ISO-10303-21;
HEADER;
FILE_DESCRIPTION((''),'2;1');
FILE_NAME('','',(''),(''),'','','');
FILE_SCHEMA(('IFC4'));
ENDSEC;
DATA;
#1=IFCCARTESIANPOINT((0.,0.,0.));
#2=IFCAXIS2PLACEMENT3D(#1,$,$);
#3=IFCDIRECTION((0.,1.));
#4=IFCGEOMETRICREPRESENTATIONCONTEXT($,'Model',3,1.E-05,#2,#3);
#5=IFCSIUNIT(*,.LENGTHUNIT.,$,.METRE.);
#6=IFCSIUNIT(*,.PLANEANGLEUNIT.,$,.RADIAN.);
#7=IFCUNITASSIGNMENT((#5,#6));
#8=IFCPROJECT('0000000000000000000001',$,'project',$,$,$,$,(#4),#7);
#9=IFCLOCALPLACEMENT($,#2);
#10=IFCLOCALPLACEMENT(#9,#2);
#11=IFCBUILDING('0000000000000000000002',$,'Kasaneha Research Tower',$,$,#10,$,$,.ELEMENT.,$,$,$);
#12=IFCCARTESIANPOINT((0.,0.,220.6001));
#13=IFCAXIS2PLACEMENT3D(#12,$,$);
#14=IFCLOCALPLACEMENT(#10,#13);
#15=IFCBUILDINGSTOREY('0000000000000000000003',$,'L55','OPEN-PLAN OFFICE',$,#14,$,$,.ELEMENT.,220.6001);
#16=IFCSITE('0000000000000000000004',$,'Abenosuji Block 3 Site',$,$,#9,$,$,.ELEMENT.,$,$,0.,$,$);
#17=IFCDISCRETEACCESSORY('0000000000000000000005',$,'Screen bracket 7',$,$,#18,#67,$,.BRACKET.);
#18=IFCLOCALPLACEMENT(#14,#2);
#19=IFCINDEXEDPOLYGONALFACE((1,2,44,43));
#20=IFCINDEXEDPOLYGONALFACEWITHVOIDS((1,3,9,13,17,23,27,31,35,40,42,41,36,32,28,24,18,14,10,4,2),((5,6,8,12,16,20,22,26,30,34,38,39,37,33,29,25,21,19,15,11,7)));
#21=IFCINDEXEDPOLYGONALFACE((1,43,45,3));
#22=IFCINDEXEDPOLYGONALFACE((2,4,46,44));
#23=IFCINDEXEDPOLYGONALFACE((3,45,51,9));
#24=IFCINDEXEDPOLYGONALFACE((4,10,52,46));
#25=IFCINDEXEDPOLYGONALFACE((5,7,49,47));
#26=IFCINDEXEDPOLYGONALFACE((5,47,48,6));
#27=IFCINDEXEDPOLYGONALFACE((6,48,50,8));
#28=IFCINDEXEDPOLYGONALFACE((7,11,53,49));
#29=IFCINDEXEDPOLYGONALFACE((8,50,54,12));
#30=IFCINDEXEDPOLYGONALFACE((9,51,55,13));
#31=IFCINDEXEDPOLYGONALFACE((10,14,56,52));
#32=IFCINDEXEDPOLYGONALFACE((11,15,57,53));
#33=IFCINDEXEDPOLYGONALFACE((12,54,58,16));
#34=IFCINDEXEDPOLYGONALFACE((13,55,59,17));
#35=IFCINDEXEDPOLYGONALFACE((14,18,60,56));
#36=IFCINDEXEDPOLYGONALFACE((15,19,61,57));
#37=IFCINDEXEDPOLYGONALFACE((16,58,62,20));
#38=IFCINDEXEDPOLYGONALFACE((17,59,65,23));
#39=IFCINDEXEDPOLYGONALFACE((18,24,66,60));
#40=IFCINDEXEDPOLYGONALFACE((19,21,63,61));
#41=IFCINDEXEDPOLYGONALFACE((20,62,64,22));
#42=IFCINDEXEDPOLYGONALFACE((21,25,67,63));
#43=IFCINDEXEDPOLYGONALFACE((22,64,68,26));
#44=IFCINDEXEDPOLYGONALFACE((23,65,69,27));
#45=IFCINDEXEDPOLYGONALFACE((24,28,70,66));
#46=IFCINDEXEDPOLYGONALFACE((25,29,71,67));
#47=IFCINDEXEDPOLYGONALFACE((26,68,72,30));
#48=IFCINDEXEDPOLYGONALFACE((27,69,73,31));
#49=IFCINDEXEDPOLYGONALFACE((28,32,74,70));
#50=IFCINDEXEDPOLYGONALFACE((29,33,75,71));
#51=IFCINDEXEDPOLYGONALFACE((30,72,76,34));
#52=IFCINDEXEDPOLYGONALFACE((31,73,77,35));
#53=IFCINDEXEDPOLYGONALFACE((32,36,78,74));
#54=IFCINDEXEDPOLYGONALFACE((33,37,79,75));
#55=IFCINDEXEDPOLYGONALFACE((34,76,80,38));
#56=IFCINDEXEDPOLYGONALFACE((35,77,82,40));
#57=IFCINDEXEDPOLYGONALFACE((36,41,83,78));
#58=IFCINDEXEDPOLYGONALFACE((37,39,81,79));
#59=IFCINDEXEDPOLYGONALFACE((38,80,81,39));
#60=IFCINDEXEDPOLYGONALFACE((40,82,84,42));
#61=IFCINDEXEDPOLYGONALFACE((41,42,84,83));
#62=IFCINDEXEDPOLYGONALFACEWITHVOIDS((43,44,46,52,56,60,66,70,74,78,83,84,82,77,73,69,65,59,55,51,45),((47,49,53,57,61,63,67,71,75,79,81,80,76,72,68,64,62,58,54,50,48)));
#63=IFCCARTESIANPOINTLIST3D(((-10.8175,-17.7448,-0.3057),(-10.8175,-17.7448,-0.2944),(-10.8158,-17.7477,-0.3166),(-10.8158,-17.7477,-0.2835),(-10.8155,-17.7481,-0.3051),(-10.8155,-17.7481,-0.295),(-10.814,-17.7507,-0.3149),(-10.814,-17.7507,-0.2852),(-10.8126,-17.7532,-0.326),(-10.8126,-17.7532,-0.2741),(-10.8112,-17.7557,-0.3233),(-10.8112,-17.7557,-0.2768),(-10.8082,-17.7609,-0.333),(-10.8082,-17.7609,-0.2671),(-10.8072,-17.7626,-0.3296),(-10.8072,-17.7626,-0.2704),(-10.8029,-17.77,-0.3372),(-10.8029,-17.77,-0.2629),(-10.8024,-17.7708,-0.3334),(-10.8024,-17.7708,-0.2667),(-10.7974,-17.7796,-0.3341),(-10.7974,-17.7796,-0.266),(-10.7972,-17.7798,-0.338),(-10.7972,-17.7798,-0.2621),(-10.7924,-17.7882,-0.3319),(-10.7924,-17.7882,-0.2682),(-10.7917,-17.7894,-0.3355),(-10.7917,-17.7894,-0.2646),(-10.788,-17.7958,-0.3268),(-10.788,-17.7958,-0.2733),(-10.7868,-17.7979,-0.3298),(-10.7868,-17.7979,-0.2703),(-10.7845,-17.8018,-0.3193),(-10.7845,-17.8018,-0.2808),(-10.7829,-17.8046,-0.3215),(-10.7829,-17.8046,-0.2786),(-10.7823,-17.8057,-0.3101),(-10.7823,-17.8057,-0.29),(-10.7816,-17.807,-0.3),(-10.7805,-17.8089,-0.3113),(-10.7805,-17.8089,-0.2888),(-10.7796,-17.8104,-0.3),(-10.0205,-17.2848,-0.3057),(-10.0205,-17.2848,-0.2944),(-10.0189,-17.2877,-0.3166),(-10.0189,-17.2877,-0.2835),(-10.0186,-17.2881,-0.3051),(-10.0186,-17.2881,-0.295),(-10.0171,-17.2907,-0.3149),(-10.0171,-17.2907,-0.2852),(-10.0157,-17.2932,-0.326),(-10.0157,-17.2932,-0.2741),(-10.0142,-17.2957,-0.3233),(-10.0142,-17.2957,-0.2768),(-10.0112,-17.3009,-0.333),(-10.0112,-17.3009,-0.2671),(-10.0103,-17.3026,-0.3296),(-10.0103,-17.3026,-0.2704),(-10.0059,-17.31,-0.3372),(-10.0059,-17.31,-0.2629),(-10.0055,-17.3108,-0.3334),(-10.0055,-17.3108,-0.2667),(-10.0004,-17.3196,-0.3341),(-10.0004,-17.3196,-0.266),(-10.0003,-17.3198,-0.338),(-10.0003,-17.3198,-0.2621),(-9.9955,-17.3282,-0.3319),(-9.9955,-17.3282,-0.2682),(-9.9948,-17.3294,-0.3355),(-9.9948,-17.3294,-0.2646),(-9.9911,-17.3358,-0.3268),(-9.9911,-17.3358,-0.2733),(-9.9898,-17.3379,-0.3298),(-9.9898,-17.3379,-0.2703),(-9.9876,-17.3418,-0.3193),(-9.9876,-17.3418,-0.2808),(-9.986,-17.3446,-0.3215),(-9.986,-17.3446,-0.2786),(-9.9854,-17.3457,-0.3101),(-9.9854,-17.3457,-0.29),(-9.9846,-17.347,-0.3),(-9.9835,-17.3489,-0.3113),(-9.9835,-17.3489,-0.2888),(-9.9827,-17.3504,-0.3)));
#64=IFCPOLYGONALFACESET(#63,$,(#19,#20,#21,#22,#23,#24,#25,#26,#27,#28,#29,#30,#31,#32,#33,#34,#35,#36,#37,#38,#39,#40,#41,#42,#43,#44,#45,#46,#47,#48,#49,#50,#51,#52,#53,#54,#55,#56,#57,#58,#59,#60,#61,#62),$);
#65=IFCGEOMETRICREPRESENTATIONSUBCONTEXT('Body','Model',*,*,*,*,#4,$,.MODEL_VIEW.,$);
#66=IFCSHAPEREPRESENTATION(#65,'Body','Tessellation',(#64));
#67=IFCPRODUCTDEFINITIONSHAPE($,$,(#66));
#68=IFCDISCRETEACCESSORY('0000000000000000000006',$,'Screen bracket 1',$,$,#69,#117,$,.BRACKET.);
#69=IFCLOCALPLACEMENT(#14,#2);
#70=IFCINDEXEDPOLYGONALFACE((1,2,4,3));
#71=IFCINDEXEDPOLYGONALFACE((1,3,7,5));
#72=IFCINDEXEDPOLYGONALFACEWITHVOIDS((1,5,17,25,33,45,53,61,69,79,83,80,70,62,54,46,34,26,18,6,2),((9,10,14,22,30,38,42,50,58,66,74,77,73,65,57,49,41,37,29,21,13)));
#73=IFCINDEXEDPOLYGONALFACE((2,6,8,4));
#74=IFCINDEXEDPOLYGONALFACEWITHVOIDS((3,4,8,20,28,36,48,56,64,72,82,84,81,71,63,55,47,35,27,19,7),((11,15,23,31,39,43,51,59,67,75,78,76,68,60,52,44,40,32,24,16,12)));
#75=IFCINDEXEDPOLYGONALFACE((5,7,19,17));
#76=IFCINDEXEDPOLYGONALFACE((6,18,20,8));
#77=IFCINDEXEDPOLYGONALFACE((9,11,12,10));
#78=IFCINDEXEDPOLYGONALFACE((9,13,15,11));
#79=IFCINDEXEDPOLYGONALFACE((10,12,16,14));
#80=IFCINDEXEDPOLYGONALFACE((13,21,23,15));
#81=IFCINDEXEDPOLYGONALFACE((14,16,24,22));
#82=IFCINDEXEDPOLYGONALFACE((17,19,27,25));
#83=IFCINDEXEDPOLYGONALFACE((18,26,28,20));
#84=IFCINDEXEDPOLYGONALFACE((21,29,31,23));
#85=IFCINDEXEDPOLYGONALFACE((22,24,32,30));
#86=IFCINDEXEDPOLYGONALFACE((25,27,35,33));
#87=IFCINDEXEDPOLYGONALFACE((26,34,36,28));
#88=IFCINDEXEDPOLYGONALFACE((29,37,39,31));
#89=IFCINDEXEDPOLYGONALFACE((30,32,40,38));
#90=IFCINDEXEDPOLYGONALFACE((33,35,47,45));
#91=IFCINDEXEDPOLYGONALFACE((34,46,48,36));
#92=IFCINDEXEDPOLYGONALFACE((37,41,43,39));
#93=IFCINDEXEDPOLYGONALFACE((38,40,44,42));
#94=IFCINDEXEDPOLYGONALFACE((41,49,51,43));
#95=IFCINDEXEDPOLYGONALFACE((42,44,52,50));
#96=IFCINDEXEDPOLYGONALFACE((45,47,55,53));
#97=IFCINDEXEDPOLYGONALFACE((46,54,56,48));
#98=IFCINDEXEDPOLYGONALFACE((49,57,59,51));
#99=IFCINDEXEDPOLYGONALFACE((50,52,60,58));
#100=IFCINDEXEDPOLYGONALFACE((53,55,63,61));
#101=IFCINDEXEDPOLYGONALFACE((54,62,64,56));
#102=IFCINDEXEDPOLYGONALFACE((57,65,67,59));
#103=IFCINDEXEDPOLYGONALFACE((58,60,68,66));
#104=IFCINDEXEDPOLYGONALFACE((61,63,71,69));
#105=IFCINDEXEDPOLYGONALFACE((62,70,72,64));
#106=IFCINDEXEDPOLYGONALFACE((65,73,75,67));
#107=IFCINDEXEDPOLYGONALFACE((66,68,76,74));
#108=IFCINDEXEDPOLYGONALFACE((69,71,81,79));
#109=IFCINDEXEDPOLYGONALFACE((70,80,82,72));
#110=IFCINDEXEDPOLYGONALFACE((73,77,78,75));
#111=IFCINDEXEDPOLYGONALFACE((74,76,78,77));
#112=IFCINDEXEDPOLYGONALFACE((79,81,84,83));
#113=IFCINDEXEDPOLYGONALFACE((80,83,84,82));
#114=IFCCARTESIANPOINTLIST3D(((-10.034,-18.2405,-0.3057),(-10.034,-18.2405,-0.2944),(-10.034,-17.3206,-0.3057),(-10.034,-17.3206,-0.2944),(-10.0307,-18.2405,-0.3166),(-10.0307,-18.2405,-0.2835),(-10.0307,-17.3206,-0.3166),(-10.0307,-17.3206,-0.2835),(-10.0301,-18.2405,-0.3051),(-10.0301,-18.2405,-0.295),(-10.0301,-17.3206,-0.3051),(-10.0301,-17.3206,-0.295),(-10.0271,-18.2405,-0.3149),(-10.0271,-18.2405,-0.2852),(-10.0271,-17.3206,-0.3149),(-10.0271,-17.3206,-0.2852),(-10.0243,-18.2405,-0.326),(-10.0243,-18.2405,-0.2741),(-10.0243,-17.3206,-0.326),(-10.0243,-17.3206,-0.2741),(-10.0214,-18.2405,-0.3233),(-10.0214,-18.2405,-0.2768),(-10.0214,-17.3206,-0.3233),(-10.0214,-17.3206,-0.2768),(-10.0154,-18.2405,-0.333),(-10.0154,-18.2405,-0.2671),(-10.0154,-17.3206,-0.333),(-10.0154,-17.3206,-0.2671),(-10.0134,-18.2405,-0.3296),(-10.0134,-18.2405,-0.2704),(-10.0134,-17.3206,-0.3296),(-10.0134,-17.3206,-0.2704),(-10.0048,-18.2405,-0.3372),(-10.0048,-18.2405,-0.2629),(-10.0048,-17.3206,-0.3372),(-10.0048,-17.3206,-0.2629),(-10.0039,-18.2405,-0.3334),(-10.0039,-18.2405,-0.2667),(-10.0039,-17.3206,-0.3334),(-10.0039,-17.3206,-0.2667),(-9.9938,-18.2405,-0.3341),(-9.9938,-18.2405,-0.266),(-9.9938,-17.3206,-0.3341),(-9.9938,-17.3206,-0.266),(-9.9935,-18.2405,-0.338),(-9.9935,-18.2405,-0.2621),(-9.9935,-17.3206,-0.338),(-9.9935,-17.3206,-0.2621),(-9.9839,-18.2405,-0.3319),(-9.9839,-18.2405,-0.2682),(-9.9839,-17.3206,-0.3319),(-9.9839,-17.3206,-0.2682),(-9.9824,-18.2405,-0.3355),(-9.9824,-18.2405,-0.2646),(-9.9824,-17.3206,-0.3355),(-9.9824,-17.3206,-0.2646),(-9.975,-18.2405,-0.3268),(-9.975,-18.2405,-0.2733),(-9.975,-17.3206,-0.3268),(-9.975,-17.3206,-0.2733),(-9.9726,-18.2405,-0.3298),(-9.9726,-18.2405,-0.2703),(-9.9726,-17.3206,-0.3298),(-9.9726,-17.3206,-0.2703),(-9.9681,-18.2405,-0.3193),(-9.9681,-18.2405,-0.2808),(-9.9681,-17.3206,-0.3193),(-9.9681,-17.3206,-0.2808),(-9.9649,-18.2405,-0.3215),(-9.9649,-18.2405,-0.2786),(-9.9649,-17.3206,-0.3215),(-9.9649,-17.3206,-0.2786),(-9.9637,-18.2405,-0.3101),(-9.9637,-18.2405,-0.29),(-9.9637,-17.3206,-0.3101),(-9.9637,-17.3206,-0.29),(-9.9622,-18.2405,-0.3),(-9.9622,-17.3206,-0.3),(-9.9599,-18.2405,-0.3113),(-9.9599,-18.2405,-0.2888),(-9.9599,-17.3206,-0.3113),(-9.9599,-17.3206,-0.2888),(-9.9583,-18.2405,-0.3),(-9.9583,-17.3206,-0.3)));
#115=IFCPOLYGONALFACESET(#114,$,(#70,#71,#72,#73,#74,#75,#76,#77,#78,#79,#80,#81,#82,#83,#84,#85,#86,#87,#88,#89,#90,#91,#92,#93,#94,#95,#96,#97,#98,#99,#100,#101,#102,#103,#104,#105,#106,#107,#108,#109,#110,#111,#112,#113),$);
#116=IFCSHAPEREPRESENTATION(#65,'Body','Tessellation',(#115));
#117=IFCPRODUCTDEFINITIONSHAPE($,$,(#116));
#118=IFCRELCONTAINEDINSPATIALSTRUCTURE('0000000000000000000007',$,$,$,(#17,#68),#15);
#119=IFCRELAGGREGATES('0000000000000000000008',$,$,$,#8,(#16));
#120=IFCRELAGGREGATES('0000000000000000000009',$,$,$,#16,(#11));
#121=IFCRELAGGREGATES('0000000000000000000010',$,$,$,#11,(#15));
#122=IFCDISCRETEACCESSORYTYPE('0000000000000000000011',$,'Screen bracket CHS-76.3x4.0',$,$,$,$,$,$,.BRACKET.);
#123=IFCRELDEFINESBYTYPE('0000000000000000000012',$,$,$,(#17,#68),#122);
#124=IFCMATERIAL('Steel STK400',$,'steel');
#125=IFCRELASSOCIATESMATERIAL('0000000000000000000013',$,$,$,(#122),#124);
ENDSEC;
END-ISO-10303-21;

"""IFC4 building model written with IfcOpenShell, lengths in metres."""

from ifc_helpers import new_model, si_unit, direction, frame, origin, origin_2d, place, context, subcontext, project, spatial, hollow_circle, extrude, material, material_profile, profile_set, type_object, element, save


model = new_model("IFC4")

# Units and contexts
model_context = context("Model", 3, precision=1e-05, world=origin(), true_north=direction((0.0, 1.0)))
body_context = subcontext(model_context, "Body", "Model", "MODEL_VIEW")
ifc_project = project(units=[si_unit("LENGTHUNIT", "METRE"), si_unit("PLANEANGLEUNIT", "RADIAN")], contexts=[model_context])

# Site, building, storey
site_placement = place(None, origin())
site = spatial("IfcSite", under=ifc_project, at=site_placement, Name="Abenosuji Block 3 Site", CompositionType="ELEMENT", RefElevation=0.0)
building_placement = place(site_placement, origin())
building = spatial("IfcBuilding", under=site, at=building_placement, Name="Kasaneha Research Tower", CompositionType="ELEMENT")
storey_placement = place(building_placement, frame((0.0, 0.0, 220.6001)))
storey = spatial("IfcBuildingStorey", under=building, at=storey_placement, Name="L55", Description="OPEN-PLAN OFFICE", CompositionType="ELEMENT", Elevation=220.6001)

# Discrete accessories
ifc_material_1 = material(Name="Steel STK400", Category="steel")
ifc_material_profile_1 = material_profile(ifc_material_1, hollow_circle(Radius=0.0381, WallThickness=0.0039, at=origin_2d()), Name="CHS-76.3x4.0")
ifc_profile_set_1 = profile_set([ifc_material_profile_1], Name="Steel STK400")
discrete_accessory_type = type_object("IfcDiscreteAccessoryType", Name="Screen bracket CHS-76.3x4.0", PredefinedType="BRACKET", material=ifc_profile_set_1)
discrete_accessory_1_placement = place(storey_placement, frame((-10.0017, -17.3174, -0.3), z_axis=(-0.86608, -0.499906, 0.0), x_axis=(0.499906, -0.86608, 0.0)))
element("IfcDiscreteAccessory", 1, at=discrete_accessory_1_placement, inside=storey, type_object=discrete_accessory_type, Name="Screen bracket 7", PredefinedType="BRACKET", context=body_context, shape_type="SweptSolid", body=[
    extrude(hollow_circle(Radius=0.0381, WallThickness=0.0039, at=origin_2d()), origin(), (0.0, 0.0, 1.0), 0.9202),
])
discrete_accessory_2_placement = place(storey_placement, frame((-9.9963, -17.3206, -0.3), z_axis=(0.0, -1.0, 0.0), x_axis=(1.0, 0.0, 0.0)))
element("IfcDiscreteAccessory", 2, at=discrete_accessory_2_placement, inside=storey, type_object=discrete_accessory_type, Name="Screen bracket 1", PredefinedType="BRACKET", context=body_context, shape_type="SweptSolid", body=[
    extrude(hollow_circle(Radius=0.0381, WallThickness=0.0039, at=origin_2d()), origin(), (0.0, 0.0, 1.0), 0.9199),
])

save(model, "model.ifc")
